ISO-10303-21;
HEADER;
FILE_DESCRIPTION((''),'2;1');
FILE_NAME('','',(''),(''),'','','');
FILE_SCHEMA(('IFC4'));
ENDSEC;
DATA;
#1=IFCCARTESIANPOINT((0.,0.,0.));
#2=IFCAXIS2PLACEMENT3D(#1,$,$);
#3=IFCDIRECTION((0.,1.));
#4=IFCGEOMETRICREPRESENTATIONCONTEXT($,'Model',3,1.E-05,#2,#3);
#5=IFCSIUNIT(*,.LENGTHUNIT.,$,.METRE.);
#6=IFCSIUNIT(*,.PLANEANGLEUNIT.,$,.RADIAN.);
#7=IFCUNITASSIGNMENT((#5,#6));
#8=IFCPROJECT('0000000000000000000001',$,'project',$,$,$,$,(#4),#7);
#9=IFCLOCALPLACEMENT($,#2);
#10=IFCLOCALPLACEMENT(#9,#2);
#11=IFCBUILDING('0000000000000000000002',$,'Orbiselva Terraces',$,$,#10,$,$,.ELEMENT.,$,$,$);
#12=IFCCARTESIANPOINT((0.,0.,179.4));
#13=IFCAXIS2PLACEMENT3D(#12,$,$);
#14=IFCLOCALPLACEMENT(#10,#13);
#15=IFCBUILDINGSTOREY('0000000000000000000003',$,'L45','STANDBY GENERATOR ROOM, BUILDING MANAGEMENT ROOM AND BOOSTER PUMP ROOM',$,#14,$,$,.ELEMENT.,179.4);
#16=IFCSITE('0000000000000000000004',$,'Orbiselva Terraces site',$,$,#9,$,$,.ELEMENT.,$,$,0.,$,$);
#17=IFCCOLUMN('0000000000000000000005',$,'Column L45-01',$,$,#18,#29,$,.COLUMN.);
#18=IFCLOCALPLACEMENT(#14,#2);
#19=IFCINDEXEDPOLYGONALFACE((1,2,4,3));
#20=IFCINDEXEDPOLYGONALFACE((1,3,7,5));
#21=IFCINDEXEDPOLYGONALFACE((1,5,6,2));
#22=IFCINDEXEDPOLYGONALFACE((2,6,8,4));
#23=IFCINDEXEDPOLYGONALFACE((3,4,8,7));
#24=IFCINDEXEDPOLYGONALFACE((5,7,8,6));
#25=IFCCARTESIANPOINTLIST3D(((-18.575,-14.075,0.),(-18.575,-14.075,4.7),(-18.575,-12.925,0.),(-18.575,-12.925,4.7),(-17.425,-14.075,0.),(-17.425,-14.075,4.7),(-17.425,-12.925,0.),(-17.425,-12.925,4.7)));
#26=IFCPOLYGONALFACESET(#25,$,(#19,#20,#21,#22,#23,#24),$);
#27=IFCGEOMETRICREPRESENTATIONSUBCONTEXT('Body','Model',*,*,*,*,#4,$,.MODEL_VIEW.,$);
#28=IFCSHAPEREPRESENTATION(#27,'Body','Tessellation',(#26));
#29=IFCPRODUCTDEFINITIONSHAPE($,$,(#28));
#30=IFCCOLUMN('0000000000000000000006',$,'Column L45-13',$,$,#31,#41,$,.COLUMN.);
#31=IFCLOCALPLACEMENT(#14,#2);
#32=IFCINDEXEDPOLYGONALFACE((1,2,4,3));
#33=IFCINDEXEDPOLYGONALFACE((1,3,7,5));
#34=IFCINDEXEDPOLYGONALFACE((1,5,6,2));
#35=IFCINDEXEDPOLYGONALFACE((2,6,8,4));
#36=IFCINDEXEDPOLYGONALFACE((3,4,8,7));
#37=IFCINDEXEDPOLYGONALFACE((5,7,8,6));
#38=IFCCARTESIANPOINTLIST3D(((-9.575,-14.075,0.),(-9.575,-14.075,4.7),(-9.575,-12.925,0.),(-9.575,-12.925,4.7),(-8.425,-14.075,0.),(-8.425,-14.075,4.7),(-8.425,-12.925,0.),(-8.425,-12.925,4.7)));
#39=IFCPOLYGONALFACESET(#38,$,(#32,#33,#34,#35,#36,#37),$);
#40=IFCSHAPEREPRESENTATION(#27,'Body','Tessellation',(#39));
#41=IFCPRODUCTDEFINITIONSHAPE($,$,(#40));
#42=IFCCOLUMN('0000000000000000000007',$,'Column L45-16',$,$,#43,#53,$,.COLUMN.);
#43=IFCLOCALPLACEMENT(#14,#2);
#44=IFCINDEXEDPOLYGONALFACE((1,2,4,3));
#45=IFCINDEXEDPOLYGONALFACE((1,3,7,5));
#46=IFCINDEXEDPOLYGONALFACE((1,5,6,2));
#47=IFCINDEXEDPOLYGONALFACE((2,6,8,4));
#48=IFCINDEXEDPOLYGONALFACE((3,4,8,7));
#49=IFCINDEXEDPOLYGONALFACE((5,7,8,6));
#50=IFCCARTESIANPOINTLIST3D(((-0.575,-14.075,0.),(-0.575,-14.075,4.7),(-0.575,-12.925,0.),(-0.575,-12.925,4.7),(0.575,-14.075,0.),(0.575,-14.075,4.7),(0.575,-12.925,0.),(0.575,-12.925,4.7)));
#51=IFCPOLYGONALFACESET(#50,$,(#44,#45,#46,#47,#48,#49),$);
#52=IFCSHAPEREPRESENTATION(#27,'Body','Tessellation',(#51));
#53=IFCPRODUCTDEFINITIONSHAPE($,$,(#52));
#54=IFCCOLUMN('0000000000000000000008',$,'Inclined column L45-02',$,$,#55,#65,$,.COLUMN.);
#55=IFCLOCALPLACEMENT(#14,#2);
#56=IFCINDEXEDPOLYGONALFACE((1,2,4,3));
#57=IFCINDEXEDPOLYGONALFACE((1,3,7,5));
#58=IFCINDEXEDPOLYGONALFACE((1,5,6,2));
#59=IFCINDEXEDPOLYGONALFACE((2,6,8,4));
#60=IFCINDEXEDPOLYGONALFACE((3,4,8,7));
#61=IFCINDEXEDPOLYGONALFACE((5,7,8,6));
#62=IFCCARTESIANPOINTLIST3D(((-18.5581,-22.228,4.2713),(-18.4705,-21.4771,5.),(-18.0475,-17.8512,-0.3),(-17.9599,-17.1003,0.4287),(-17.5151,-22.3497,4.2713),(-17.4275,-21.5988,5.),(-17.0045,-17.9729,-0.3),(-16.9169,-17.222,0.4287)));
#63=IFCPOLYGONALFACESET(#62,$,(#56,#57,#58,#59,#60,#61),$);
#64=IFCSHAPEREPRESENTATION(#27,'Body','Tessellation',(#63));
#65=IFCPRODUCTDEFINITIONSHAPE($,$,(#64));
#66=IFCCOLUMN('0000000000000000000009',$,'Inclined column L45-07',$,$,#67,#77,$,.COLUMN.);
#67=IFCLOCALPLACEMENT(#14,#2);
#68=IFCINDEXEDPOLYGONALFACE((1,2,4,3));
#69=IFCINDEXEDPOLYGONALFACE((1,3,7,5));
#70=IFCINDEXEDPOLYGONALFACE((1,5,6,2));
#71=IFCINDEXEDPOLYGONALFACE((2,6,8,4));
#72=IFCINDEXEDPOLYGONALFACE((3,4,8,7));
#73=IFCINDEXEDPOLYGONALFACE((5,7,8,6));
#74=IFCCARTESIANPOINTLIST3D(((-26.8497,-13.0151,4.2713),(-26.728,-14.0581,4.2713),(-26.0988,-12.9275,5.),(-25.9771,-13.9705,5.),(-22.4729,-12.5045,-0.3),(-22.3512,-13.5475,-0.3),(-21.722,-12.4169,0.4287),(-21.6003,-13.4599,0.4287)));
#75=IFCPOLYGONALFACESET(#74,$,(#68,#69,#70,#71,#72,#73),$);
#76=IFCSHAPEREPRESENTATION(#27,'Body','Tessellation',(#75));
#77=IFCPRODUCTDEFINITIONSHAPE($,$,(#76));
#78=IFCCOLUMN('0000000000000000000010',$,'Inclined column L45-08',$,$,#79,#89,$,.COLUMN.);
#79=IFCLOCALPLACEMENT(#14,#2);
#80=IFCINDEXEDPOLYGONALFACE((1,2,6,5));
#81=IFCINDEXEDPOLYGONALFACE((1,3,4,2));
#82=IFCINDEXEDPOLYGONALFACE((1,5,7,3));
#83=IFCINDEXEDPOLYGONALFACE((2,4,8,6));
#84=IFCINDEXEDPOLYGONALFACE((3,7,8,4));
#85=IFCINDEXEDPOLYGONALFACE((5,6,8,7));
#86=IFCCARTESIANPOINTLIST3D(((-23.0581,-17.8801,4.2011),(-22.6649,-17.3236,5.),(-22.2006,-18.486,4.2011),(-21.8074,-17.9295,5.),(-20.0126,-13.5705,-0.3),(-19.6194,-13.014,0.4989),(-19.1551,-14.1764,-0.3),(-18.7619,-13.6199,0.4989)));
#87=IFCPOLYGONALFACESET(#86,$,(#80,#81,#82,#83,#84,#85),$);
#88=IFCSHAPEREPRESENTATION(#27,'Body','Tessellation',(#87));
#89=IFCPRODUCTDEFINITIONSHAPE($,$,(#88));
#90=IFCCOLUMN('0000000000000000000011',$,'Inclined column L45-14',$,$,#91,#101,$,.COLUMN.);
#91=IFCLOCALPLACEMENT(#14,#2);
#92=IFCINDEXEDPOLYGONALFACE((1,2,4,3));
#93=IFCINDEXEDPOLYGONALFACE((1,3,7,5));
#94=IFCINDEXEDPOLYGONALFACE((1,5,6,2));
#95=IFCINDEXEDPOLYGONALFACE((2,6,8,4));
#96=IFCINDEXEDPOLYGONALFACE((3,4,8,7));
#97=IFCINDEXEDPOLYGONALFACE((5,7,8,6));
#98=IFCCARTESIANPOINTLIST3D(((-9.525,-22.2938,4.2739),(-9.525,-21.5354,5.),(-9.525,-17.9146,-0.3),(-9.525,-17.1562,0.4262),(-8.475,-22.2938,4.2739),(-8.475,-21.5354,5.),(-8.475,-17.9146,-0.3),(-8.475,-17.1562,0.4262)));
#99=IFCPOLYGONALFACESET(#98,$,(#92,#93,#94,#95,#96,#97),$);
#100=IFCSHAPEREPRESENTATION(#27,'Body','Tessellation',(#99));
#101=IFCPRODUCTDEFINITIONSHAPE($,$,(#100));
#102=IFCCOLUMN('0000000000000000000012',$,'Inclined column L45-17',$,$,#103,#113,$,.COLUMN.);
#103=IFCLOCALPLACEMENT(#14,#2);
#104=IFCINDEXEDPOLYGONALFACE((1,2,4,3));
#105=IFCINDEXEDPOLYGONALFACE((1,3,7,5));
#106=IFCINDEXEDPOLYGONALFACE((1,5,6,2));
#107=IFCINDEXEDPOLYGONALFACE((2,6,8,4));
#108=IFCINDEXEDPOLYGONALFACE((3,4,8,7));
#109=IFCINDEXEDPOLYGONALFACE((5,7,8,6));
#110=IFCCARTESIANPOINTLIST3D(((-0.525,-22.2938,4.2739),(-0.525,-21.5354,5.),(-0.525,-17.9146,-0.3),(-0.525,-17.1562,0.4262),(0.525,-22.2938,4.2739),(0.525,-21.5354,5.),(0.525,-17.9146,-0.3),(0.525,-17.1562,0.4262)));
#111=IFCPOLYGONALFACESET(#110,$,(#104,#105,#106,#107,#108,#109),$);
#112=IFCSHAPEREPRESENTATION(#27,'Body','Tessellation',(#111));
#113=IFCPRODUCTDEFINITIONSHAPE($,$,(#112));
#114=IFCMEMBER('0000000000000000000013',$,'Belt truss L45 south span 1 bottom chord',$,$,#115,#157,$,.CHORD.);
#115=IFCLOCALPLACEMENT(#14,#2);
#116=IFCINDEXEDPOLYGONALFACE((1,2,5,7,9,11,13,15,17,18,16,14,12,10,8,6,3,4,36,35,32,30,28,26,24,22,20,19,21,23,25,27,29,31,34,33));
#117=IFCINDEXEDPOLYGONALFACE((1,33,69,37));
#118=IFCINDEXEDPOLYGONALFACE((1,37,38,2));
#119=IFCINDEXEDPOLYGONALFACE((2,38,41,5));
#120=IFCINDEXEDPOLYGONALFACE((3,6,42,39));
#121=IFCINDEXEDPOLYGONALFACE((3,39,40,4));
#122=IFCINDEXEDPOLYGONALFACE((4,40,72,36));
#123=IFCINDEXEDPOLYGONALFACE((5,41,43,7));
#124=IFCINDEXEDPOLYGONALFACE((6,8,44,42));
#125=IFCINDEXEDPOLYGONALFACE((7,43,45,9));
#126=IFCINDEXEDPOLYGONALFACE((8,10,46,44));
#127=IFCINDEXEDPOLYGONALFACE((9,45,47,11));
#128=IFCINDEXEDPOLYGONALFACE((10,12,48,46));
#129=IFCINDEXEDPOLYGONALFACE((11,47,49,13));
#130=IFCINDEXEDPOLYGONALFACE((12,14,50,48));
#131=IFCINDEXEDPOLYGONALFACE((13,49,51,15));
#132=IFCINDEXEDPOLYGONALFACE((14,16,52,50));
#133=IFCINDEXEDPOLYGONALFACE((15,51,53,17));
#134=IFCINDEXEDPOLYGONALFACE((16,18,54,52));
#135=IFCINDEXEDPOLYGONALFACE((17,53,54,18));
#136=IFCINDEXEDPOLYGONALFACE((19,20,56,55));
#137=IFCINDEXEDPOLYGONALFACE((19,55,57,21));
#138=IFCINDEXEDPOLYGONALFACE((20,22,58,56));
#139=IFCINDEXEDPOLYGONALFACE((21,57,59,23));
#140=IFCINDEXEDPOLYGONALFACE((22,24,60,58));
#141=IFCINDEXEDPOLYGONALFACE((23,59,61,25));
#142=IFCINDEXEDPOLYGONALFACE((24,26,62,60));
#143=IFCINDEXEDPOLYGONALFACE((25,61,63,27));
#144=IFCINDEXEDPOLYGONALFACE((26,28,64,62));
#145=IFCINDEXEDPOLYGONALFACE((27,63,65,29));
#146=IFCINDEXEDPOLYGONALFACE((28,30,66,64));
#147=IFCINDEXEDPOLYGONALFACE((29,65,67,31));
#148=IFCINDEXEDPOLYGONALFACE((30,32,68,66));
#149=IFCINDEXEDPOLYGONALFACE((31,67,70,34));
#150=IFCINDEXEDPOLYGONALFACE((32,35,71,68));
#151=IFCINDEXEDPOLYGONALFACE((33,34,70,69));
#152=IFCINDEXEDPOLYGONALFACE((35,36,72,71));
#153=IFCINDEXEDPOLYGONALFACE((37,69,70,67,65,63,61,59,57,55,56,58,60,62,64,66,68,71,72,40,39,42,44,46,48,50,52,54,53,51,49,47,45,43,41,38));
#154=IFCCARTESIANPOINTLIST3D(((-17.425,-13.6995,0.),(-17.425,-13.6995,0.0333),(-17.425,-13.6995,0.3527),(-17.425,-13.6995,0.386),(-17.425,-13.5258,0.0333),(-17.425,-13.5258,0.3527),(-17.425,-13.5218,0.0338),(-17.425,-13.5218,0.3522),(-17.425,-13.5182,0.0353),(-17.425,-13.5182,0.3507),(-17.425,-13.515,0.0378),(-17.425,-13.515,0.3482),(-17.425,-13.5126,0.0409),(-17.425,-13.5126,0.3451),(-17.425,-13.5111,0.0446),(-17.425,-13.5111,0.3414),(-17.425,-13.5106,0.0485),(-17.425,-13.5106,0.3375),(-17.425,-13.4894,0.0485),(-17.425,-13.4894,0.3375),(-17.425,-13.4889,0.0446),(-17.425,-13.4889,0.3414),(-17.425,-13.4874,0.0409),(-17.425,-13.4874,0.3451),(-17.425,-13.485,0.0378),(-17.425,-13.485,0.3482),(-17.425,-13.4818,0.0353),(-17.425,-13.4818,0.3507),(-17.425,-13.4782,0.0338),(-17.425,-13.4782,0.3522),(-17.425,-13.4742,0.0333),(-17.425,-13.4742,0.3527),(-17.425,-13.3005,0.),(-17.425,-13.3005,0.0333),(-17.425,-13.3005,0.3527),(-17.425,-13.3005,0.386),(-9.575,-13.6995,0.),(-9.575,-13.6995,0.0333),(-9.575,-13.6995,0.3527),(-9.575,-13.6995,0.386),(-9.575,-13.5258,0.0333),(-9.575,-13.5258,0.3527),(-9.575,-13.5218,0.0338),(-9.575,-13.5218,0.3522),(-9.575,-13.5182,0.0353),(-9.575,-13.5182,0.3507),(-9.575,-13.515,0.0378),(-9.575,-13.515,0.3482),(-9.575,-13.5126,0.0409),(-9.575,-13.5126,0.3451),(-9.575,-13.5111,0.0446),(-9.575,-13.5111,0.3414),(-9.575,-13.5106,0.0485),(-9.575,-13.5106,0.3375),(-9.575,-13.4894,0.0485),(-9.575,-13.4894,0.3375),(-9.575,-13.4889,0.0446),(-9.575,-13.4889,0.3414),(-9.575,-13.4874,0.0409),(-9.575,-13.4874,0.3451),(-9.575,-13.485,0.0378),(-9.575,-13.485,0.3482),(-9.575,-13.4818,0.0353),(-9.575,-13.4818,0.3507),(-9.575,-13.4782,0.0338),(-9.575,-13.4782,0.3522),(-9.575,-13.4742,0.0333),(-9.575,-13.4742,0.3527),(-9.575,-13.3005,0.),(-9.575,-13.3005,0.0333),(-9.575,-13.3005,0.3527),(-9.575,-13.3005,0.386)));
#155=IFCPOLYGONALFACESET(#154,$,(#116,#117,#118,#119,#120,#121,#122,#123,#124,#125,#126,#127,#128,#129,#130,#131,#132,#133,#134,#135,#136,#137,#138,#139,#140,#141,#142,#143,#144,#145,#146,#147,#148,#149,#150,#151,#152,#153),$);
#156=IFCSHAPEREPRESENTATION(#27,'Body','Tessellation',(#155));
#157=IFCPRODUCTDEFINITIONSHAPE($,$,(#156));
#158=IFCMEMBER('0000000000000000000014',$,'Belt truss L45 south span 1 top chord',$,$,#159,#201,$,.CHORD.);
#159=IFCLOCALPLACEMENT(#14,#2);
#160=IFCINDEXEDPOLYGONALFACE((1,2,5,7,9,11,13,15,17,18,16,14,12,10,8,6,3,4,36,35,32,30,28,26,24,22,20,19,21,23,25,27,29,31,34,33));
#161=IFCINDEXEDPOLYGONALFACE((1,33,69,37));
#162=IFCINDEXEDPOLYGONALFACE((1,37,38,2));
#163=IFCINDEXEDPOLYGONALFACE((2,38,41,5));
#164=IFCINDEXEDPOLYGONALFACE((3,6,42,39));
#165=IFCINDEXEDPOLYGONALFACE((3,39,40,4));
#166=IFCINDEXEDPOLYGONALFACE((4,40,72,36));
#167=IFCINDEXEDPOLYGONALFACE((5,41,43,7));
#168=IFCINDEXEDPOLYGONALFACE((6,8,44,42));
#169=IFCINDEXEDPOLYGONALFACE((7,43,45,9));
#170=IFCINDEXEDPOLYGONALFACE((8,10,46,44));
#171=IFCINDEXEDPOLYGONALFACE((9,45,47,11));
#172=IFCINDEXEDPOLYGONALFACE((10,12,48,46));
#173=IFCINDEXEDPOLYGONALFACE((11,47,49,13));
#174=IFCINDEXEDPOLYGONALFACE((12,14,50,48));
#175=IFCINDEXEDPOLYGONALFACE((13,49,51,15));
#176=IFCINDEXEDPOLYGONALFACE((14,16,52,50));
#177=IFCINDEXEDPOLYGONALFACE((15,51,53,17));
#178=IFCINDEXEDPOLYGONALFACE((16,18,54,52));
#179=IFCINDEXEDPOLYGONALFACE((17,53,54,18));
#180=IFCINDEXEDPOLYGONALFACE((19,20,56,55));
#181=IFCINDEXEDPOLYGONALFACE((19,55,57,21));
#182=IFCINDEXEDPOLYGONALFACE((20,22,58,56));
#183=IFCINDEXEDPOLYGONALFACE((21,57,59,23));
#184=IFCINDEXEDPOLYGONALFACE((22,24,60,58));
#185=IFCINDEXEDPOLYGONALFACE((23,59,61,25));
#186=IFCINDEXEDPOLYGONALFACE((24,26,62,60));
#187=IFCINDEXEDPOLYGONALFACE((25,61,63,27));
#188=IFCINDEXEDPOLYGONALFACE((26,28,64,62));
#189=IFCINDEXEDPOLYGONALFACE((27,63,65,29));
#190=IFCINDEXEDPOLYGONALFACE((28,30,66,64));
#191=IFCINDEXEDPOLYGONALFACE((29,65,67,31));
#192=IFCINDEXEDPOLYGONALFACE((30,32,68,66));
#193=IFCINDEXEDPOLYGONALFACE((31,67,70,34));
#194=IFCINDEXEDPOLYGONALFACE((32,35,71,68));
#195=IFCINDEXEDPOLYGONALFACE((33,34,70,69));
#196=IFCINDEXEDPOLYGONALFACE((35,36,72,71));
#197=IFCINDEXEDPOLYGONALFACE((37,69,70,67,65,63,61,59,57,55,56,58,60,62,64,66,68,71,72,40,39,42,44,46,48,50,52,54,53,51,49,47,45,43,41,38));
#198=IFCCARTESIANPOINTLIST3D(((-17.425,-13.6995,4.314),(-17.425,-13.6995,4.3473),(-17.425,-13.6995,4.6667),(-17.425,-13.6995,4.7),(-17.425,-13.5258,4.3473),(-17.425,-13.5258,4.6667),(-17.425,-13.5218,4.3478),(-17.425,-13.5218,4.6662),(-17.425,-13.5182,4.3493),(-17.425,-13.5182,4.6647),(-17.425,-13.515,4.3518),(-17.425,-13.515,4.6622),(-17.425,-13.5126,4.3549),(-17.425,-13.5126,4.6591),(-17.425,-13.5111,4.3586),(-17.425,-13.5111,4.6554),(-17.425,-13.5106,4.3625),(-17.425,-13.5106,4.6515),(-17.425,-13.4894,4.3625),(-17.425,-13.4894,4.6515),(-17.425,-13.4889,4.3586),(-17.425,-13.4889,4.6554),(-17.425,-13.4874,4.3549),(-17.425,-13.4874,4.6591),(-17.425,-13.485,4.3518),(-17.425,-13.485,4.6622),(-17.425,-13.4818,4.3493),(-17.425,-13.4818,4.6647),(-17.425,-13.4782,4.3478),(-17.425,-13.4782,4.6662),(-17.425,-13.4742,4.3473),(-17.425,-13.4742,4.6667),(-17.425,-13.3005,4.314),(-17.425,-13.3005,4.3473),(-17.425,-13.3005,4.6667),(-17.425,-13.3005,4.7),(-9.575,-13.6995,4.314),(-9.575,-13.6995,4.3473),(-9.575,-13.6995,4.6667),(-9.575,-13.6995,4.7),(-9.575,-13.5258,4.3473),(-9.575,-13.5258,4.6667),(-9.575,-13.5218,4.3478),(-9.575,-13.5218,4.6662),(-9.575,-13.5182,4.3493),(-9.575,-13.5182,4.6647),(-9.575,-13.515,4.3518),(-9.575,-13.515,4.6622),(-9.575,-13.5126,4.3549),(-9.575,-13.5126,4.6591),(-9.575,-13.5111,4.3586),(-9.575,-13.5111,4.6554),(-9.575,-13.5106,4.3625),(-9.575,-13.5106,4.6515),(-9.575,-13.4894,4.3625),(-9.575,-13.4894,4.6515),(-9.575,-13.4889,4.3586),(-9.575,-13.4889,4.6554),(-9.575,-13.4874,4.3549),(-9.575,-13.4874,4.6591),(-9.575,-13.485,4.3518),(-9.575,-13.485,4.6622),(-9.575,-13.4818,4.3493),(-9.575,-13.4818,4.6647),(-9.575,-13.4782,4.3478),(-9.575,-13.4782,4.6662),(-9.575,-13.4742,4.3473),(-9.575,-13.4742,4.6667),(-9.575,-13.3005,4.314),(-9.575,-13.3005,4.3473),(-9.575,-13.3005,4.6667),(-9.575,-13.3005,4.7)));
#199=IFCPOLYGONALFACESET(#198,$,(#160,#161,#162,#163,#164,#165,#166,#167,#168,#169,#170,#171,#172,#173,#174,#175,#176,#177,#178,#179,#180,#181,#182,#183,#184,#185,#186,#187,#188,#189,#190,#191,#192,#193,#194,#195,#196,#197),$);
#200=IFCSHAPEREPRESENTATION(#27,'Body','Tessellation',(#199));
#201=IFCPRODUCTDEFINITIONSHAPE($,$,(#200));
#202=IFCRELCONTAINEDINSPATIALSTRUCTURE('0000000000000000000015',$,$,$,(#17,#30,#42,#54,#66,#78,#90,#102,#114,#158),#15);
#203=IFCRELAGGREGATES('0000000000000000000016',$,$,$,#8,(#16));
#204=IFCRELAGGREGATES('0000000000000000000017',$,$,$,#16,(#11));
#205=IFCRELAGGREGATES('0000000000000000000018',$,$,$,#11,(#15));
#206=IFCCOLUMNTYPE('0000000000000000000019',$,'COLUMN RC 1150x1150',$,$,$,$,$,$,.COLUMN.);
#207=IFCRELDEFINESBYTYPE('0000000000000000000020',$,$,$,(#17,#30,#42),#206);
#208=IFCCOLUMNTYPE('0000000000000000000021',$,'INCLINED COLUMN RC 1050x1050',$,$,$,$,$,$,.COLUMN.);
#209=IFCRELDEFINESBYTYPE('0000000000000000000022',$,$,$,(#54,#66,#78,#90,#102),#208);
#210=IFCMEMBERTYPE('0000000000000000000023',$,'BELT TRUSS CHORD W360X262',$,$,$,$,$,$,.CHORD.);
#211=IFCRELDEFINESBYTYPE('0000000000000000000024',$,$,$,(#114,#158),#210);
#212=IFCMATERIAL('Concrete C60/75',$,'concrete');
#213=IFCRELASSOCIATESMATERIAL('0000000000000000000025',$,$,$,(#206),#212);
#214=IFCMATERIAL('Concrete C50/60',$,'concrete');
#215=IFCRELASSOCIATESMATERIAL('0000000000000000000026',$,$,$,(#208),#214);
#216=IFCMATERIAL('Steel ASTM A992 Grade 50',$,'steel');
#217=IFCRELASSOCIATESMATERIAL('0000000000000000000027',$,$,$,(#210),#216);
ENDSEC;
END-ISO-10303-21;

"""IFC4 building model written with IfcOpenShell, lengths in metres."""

from ifc_helpers import new_model, si_unit, direction, frame, origin, origin_2d, place, context, subcontext, project, spatial, rectangle, i_section, extrude, material, material_profile, profile_set, type_object, element, save


model = new_model("IFC4")

# Units and contexts
model_context = context("Model", 3, precision=1e-05, world=origin(), true_north=direction((0.0, 1.0)))
body_context = subcontext(model_context, "Body", "Model", "MODEL_VIEW")
ifc_project = project(units=[si_unit("LENGTHUNIT", "METRE"), si_unit("PLANEANGLEUNIT", "RADIAN")], contexts=[model_context])

# Site, building, storey
site_placement = place(None, origin())
site = spatial("IfcSite", under=ifc_project, at=site_placement, Name="Orbiselva Terraces site", CompositionType="ELEMENT", RefElevation=0.0)
building_placement = place(site_placement, origin())
building = spatial("IfcBuilding", under=site, at=building_placement, Name="Orbiselva Terraces", CompositionType="ELEMENT")
storey_placement = place(building_placement, frame((0.0, 0.0, 179.4)))
storey = spatial("IfcBuildingStorey", under=building, at=storey_placement, Name="L45", Description="STANDBY GENERATOR ROOM, BUILDING MANAGEMENT ROOM AND BOOSTER PUMP ROOM", CompositionType="ELEMENT", Elevation=179.4)

# Columns
ifc_material_1 = material(Name="Concrete C60/75", Category="concrete")
ifc_material_profile_1 = material_profile(ifc_material_1, rectangle(XDim=1.15, YDim=1.15, at=origin_2d()), Name="RC 1150x1150")
ifc_profile_set_1 = profile_set([ifc_material_profile_1], Name="Concrete C60/75")
column_type_1 = type_object("IfcColumnType", Name="COLUMN RC 1150x1150", PredefinedType="COLUMN", material=ifc_profile_set_1)
for number, where, z_axis, x_axis, name in (
    (1, (-18.0, -13.5, 0.0), (0.0, 0.0, 1.0), (1.0, 0.0, 0.0), "Column L45-01"),
    (2, (-9.0, -13.5, 0.0), (0.0, 0.0, 1.0), (1.0, 0.0, 0.0), "Column L45-13"),
    (3, (0.0, -13.5, 0.0), (0.0, 0.0, 1.0), (1.0, 0.0, 0.0), "Column L45-16"),
):
    element("IfcColumn", number, at=place(storey_placement, frame(where, z_axis=z_axis, x_axis=x_axis)), inside=storey, type_object=column_type_1, Name=name, PredefinedType="COLUMN", context=body_context, shape_type="SweptSolid", body=[
        extrude(rectangle(XDim=1.15, YDim=1.15, at=origin_2d()), origin(), (0.0, 0.0, 1.0), 4.7),
    ])
ifc_material_2 = material(Name="Concrete C50/60", Category="concrete")
ifc_material_profile_2 = material_profile(ifc_material_2, rectangle(XDim=1.05, YDim=1.05, at=origin_2d()), Name="RC 1050x1050")
ifc_profile_set_2 = profile_set([ifc_material_profile_2], Name="Concrete C50/60")
column_type_2 = type_object("IfcColumnType", Name="INCLINED COLUMN RC 1050x1050", PredefinedType="COLUMN", material=ifc_profile_set_2)
for number, where, z_axis, x_axis, name in (
    (4, (-17.4822, -17.5366, 0.0644), (-0.080422, -0.689332, 0.719968), (0.993263, -0.115881, 0.0), "Inclined column L45-02"),
    (5, (-22.0366, -12.9822, 0.0644), (-0.689332, -0.080422, 0.719968), (0.115881, -0.993263, 0.0), "Inclined column L45-07"),
):
    element("IfcColumn", number, at=place(storey_placement, frame(where, z_axis=z_axis, x_axis=x_axis)), inside=storey, type_object=column_type_2, Name=name, PredefinedType="COLUMN", context=body_context, shape_type="SweptSolid", body=[
        extrude(rectangle(XDim=1.05, YDim=1.05, at=origin_2d()), origin(), (0.0, 0.0, 1.0), 6.3493),
    ])
column_placement = place(storey_placement, frame((-19.3873, -13.5952, 0.0994), z_axis=(-0.439081, -0.621341, 0.648956), x_axis=(0.816666, -0.577111, 0.0)))
element("IfcColumn", 6, at=column_placement, inside=storey, type_object=column_type_2, Name="Inclined column L45-08", PredefinedType="COLUMN", context=body_context, shape_type="SweptSolid", body=[
    extrude(rectangle(XDim=1.05, YDim=1.05, at=origin_2d()), origin(), (0.0, 0.0, 1.0), 6.936),
])
for number, where, z_axis, x_axis, name in (
    (7, (-9.0, -17.5354, 0.0631), (0.0, -0.691571, 0.722308), (1.0, 0.0, 0.0), "Inclined column L45-14"),
    (8, (0.0, -17.5354, 0.0631), (0.0, -0.691571, 0.722308), (1.0, 0.0, 0.0), "Inclined column L45-17"),
):
    element("IfcColumn", number, at=place(storey_placement, frame(where, z_axis=z_axis, x_axis=x_axis)), inside=storey, type_object=column_type_2, Name=name, PredefinedType="COLUMN", context=body_context, shape_type="SweptSolid", body=[
        extrude(rectangle(XDim=1.05, YDim=1.05, at=origin_2d()), origin(), (0.0, 0.0, 1.0), 6.3323),
    ])

# Members
ifc_material_3 = material(Name="Steel ASTM A992 Grade 50", Category="steel")
ifc_material_profile_3 = material_profile(ifc_material_3, i_section(OverallWidth=0.399, OverallDepth=0.386, WebThickness=0.0211, FlangeThickness=0.0333, FilletRadius=0.0152, at=origin_2d()), Name="W360X262")
ifc_profile_set_3 = profile_set([ifc_material_profile_3], Name="Steel ASTM A992 Grade 50")
member_type_1 = type_object("IfcMemberType", Name="BELT TRUSS CHORD W360X262", PredefinedType="CHORD", material=ifc_profile_set_3)
for number, where, z_axis, x_axis, name in (
    (9, (-17.425, -13.5, 0.193), (1.0, 0.0, 0.0), (0.0, 1.0, 0.0), "Belt truss L45 south span 1 bottom chord"),
    (10, (-17.425, -13.5, 4.507), (1.0, 0.0, 0.0), (0.0, 1.0, 0.0), "Belt truss L45 south span 1 top chord"),
):
    element("IfcMember", number, at=place(storey_placement, frame(where, z_axis=z_axis, x_axis=x_axis)), inside=storey, type_object=member_type_1, Name=name, PredefinedType="CHORD", context=body_context, shape_type="SweptSolid", body=[
        extrude(i_section(OverallWidth=0.399, OverallDepth=0.386, WebThickness=0.0211, FlangeThickness=0.0333, FilletRadius=0.0152, at=origin_2d()), origin(), (0.0, 0.0, 1.0), 7.85),
    ])

save(model, "model.ifc")
